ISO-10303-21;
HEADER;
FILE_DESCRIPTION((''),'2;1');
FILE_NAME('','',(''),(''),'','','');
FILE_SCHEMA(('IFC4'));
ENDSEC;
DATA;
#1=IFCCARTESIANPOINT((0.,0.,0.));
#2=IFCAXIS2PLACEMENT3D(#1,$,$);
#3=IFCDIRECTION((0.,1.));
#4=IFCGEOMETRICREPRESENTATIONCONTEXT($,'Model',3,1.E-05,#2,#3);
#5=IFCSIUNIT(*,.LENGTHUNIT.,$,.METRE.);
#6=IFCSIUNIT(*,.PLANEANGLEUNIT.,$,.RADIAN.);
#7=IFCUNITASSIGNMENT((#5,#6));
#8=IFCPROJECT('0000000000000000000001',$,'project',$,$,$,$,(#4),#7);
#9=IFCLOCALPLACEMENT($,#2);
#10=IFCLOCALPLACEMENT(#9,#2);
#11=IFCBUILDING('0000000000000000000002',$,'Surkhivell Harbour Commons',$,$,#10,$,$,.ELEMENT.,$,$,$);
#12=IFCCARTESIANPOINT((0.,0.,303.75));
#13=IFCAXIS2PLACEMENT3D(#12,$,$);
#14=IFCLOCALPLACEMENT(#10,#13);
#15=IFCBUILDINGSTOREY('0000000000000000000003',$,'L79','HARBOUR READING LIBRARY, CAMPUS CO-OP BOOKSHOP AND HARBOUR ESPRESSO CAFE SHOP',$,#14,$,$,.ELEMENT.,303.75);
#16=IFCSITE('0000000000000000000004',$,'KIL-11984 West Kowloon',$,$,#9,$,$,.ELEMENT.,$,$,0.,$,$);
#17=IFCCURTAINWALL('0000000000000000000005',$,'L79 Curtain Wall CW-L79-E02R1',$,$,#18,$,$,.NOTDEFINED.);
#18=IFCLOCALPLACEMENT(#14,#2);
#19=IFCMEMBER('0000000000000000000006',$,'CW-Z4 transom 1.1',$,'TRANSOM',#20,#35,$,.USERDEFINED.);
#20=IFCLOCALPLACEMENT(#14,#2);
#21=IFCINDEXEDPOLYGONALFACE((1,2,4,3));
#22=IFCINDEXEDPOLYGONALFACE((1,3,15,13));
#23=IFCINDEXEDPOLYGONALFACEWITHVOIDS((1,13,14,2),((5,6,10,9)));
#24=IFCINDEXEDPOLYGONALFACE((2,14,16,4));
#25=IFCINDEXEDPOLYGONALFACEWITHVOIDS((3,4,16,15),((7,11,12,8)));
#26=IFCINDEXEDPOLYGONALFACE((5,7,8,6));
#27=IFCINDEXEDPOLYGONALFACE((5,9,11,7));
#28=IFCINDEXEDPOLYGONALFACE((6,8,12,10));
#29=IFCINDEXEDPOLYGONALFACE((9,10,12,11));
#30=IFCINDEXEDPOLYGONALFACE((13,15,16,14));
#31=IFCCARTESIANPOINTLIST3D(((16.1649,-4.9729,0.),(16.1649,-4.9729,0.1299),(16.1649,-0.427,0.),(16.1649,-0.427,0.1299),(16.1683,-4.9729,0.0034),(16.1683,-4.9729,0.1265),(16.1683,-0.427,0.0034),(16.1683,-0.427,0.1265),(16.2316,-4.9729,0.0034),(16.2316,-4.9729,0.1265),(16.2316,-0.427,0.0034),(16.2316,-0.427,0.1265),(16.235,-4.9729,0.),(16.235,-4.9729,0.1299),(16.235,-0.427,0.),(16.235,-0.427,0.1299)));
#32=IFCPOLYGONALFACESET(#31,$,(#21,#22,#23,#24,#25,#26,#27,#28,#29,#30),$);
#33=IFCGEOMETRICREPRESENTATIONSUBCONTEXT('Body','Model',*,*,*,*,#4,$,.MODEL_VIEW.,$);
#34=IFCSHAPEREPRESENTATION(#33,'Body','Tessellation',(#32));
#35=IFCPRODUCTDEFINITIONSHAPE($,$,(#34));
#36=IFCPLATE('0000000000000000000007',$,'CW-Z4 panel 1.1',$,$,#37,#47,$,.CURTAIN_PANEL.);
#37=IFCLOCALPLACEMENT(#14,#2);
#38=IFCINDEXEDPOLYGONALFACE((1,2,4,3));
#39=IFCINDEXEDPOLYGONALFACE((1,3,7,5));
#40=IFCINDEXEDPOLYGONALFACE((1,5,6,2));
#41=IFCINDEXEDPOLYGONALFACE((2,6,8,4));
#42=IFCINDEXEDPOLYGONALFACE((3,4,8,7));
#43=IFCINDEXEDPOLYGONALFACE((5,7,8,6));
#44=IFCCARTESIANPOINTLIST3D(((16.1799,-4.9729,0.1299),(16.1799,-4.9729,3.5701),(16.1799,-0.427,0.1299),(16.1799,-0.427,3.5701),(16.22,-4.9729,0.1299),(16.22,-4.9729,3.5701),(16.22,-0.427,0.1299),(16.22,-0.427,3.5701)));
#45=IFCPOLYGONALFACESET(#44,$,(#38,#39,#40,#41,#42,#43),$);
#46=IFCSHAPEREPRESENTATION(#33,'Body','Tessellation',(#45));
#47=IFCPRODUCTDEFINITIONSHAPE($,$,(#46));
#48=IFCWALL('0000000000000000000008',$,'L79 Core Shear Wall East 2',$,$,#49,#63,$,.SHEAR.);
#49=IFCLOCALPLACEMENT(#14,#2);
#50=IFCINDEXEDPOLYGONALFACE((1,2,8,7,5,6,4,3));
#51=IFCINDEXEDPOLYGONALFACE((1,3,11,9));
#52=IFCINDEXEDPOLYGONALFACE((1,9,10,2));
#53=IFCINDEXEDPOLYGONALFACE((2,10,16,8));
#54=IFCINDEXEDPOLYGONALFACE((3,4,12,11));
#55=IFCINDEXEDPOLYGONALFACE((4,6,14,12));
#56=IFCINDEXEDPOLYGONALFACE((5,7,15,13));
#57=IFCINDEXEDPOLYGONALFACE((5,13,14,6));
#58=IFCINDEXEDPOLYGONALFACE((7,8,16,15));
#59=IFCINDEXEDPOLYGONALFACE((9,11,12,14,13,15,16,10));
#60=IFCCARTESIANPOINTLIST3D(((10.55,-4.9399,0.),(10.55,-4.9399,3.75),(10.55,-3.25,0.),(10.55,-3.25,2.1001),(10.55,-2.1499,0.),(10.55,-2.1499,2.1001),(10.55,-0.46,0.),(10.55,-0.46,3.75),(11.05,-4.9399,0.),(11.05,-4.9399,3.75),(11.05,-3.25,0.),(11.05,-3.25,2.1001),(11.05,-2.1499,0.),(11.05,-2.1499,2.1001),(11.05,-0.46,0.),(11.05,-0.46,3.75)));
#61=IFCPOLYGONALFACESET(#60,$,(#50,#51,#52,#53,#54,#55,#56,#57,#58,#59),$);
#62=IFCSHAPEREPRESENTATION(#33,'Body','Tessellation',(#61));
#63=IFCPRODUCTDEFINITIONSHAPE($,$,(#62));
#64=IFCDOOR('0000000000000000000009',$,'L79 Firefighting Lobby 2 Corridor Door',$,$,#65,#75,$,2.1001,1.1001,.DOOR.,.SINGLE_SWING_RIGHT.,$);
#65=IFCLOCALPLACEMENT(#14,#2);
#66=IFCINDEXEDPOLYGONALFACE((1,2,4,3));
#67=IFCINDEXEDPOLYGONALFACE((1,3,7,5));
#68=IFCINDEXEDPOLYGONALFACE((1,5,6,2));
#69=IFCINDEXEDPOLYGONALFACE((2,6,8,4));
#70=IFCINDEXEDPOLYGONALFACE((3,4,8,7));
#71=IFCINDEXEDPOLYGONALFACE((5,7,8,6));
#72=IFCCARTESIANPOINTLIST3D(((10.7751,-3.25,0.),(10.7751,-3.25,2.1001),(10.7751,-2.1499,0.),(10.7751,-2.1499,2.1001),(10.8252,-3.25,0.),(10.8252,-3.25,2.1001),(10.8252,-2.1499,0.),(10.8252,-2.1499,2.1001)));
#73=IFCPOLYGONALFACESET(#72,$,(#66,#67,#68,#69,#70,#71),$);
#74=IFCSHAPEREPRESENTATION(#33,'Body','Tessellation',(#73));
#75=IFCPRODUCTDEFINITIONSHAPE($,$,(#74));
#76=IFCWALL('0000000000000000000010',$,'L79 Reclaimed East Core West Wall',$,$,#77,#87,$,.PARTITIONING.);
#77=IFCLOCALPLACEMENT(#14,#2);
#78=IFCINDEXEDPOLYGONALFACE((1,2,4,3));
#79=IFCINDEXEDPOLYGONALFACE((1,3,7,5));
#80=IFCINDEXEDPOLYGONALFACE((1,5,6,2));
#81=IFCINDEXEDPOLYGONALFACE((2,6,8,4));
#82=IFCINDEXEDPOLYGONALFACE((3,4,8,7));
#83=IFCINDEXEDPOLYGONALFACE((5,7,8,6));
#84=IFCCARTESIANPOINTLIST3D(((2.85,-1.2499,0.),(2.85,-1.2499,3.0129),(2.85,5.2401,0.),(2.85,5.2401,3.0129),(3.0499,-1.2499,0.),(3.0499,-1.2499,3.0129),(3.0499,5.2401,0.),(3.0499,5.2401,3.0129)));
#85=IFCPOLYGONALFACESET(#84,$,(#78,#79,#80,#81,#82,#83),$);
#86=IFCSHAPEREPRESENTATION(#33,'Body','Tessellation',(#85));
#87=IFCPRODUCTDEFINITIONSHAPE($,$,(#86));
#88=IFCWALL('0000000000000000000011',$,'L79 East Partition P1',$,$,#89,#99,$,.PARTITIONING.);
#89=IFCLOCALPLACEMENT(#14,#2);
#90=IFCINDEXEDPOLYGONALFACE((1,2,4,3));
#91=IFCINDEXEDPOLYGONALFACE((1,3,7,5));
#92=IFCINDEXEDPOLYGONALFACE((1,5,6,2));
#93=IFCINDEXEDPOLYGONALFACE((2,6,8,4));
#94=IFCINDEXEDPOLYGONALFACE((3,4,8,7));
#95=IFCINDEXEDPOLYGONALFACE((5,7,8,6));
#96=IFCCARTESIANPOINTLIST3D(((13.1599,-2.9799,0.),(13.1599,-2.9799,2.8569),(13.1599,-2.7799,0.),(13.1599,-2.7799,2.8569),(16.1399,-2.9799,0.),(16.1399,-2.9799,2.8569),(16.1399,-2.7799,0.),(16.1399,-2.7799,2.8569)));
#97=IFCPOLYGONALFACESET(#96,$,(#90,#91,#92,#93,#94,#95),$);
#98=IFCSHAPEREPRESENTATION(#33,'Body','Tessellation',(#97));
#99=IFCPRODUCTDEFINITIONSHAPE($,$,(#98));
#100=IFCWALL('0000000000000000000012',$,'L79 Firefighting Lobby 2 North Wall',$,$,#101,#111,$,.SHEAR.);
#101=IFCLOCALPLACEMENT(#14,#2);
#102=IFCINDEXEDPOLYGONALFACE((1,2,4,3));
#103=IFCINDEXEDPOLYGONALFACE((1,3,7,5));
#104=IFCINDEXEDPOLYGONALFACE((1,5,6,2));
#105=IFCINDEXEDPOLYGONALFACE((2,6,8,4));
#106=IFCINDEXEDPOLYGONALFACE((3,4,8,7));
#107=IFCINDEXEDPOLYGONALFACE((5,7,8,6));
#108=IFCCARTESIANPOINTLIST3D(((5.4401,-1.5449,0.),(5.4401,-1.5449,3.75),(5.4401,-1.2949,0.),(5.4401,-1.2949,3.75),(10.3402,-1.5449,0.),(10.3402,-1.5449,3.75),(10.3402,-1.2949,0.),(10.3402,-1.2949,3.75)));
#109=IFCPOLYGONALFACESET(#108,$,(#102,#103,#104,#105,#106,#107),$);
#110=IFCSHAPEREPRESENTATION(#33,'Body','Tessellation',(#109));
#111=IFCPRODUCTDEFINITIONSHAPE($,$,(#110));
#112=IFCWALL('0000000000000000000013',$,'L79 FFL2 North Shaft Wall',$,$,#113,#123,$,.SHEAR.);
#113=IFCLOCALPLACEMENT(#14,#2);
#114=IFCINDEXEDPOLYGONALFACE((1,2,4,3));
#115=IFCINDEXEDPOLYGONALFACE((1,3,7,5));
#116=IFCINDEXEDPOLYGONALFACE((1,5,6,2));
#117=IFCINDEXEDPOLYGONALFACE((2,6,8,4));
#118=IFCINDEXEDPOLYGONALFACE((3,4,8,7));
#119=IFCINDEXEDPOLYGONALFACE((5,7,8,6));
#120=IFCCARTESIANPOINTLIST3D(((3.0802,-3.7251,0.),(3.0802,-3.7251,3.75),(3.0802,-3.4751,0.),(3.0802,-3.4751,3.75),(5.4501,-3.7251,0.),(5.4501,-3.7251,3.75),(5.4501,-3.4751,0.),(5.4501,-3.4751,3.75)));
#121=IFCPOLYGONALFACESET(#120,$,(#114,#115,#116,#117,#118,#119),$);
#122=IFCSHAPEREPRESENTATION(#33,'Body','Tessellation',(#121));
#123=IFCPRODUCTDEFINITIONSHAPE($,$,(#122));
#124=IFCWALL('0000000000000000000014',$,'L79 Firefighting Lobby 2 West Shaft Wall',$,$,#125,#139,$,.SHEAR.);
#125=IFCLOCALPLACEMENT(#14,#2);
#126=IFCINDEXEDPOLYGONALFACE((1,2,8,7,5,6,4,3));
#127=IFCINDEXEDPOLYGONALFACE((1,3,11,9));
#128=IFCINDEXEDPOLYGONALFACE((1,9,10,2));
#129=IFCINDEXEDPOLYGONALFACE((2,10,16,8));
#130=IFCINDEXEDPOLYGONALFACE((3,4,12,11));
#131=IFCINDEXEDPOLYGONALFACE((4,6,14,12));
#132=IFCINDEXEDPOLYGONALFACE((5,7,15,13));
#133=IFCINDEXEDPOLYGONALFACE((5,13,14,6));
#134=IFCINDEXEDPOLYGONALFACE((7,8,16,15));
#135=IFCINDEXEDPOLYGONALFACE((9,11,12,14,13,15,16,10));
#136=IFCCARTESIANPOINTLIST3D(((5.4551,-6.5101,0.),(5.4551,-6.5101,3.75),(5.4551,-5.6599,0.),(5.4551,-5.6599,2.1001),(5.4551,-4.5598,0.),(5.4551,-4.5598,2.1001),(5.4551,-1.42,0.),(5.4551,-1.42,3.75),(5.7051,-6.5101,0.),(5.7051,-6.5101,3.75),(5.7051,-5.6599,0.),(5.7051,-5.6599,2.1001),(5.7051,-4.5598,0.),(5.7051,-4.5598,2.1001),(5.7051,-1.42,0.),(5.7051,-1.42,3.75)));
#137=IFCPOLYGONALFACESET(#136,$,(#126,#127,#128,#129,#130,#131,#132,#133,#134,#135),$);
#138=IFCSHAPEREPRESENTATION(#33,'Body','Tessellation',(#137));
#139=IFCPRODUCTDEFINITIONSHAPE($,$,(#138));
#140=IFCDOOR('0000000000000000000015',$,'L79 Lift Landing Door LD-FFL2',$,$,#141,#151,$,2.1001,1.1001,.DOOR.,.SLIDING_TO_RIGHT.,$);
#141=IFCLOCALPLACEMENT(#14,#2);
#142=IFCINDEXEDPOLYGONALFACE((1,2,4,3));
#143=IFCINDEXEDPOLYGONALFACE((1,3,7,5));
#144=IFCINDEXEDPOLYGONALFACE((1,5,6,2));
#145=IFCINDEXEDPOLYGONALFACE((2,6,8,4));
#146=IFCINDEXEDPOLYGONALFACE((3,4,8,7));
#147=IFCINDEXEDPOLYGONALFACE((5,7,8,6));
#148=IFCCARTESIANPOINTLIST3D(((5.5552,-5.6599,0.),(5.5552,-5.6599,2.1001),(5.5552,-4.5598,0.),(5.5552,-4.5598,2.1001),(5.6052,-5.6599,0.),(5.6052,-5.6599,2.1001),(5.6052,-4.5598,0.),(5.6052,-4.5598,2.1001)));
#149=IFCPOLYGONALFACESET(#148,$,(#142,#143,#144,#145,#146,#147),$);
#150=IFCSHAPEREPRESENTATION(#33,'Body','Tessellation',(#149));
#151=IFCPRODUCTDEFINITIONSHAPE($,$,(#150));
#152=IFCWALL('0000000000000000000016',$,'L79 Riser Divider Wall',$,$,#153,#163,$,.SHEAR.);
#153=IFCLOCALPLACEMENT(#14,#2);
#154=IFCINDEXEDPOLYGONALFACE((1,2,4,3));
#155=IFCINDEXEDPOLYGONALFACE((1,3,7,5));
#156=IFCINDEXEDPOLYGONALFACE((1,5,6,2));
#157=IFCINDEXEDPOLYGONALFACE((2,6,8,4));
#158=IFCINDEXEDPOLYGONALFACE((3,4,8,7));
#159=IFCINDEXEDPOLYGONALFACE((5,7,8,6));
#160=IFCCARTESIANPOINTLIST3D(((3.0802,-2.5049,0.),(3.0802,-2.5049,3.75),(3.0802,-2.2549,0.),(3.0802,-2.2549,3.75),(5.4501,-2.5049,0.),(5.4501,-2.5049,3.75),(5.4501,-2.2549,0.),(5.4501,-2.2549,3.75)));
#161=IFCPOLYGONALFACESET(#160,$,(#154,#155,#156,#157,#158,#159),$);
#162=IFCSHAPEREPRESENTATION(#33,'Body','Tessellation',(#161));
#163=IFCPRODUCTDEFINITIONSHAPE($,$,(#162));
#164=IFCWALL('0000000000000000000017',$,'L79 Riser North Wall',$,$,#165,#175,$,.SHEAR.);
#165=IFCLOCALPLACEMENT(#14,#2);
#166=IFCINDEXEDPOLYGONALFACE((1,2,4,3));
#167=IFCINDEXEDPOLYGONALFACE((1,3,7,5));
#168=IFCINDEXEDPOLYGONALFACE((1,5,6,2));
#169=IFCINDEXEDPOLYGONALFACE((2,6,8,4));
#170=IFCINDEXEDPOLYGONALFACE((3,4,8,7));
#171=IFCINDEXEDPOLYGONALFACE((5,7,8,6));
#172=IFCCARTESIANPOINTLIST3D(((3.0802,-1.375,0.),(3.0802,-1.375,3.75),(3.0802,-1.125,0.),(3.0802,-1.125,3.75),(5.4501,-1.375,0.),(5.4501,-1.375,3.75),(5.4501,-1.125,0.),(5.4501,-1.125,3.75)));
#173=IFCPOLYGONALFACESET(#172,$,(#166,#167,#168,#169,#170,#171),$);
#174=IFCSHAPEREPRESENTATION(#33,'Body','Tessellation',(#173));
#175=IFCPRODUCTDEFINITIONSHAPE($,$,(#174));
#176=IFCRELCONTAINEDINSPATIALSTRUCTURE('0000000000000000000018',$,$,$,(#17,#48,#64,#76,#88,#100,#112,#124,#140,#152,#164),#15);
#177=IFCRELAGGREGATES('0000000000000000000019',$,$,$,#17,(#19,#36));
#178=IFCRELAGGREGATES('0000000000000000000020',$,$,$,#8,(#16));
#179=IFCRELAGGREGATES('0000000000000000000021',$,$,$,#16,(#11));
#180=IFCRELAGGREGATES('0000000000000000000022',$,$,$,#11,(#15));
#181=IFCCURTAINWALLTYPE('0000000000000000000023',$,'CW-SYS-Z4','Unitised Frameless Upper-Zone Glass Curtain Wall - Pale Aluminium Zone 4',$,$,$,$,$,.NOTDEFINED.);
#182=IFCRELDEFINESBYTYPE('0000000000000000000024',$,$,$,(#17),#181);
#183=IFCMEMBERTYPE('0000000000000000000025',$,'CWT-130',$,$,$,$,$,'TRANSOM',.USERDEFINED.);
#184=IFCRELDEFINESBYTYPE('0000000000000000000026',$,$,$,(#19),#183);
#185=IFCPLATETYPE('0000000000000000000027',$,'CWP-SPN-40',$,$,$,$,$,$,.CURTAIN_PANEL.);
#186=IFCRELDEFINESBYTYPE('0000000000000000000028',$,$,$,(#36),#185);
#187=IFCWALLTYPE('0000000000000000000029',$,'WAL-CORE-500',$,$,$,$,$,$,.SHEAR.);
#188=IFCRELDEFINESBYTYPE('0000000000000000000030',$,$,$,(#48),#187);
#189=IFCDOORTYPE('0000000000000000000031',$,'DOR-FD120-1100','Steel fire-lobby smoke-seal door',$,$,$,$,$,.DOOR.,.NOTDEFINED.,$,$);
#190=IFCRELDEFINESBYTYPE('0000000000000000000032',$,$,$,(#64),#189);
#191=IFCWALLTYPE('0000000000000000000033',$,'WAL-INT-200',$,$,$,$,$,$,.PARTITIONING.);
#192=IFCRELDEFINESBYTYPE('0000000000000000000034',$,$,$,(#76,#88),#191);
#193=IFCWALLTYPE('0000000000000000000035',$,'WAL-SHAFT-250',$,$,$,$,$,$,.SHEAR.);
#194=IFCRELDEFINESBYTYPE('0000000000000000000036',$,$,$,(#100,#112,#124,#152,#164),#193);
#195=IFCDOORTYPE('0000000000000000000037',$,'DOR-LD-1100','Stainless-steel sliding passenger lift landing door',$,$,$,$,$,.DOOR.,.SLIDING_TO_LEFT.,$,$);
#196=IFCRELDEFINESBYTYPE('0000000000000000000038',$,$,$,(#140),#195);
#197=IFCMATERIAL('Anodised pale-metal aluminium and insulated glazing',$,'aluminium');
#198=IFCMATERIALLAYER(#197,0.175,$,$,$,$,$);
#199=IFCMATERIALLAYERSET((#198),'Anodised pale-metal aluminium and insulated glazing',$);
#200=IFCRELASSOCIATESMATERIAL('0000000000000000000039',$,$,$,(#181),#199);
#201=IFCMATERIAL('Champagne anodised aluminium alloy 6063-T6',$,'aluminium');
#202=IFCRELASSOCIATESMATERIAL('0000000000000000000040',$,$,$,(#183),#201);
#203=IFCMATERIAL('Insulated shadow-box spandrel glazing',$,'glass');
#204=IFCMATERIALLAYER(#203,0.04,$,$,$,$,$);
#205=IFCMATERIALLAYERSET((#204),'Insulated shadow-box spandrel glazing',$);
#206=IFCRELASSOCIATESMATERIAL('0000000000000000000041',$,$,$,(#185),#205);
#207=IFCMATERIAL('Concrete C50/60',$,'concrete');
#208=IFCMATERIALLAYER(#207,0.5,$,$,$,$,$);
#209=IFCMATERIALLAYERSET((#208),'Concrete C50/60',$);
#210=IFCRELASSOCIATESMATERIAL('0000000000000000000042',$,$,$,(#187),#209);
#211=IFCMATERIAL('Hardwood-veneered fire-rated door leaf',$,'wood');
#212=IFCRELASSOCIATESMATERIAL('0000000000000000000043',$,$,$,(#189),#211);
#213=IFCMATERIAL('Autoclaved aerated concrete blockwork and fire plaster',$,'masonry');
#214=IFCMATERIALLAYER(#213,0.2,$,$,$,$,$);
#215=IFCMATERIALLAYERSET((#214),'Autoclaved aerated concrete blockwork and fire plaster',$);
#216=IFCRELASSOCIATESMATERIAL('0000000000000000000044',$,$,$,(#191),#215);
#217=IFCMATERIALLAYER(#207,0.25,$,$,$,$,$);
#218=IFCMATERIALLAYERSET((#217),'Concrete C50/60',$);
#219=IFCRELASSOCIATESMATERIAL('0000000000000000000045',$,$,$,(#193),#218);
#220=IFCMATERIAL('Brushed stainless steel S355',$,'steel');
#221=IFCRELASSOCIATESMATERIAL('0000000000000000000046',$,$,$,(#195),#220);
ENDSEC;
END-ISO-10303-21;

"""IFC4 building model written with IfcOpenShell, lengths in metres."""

from ifc_helpers import new_model, si_unit, direction, frame, frame_2d, origin, origin_2d, place, context, subcontext, project, spatial, rectangle, hollow_rectangle, extrude, material, layer, layer_set, material_profile, profile_set, type_object, element, fill, aggregate, save


model = new_model("IFC4")

# Units and contexts
model_context = context("Model", 3, precision=1e-05, world=origin(), true_north=direction((0.0, 1.0)))
body_context = subcontext(model_context, "Body", "Model", "MODEL_VIEW")
ifc_project = project(units=[si_unit("LENGTHUNIT", "METRE"), si_unit("PLANEANGLEUNIT", "RADIAN")], contexts=[model_context])

# Site, building, storey
site_placement = place(None, origin())
site = spatial("IfcSite", under=ifc_project, at=site_placement, Name="KIL-11984 West Kowloon", CompositionType="ELEMENT", RefElevation=0.0)
building_placement = place(site_placement, origin())
building = spatial("IfcBuilding", under=site, at=building_placement, Name="Surkhivell Harbour Commons", CompositionType="ELEMENT")
storey_placement = place(building_placement, frame((0.0, 0.0, 303.75)))
storey = spatial("IfcBuildingStorey", under=building, at=storey_placement, Name="L79", Description="HARBOUR READING LIBRARY, CAMPUS CO-OP BOOKSHOP AND HARBOUR ESPRESSO CAFE SHOP", CompositionType="ELEMENT", Elevation=303.75)

# Shared definitions
ifc_material_1 = material(Name="Concrete C50/60", Category="concrete")

# Shared definitions
ifc_material_2 = material(Name="Anodised pale-metal aluminium and insulated glazing", Category="aluminium")
ifc_layer_1 = layer(ifc_material_2, 0.175)
ifc_layer_set_1 = layer_set([ifc_layer_1], Name="Anodised pale-metal aluminium and insulated glazing")
curtain_wall_type = type_object("IfcCurtainWallType", Name="CW-SYS-Z4", Description="Unitised Frameless Upper-Zone Glass Curtain Wall - Pale Aluminium Zone 4", PredefinedType="NOTDEFINED", material=ifc_layer_set_1)

# Curtain wall, member, plate
curtain_wall_1_placement = place(storey_placement, origin())
curtain_wall_1 = element("IfcCurtainWall", 1, at=curtain_wall_1_placement, inside=storey, type_object=curtain_wall_type, Name="L79 Curtain Wall CW-L79-E02R1", PredefinedType="NOTDEFINED")
ifc_material_3 = material(Name="Champagne anodised aluminium alloy 6063-T6", Category="aluminium")
ifc_material_profile_1 = material_profile(ifc_material_3, hollow_rectangle(XDim=0.0701, YDim=0.1299, WallThickness=0.0034, at=origin_2d()), Name="ALU-TRAN-70x130")
ifc_profile_set_1 = profile_set([ifc_material_profile_1], Name="Champagne anodised aluminium alloy 6063-T6")
member_type_1 = type_object("IfcMemberType", Name="CWT-130", ElementType="TRANSOM", PredefinedType="USERDEFINED", material=ifc_profile_set_1)
member_1_placement = place(storey_placement, frame((16.2, -4.9729, 0.0649), z_axis=(0.0, 1.0, 0.0), x_axis=(-1.0, 0.0, 0.0)))
member_1 = element("IfcMember", 2, at=member_1_placement, type_object=member_type_1, Name="CW-Z4 transom 1.1", ObjectType="TRANSOM", PredefinedType="USERDEFINED", context=body_context, shape_type="SweptSolid", body=[
    extrude(hollow_rectangle(XDim=0.0701, YDim=0.1299, WallThickness=0.0034, at=origin_2d()), origin(), (0.0, 0.0, 1.0), 4.5459),
])
ifc_material_4 = material(Name="Insulated shadow-box spandrel glazing", Category="glass")
ifc_layer_2 = layer(ifc_material_4, 0.04)
ifc_layer_set_2 = layer_set([ifc_layer_2], Name="Insulated shadow-box spandrel glazing")
plate_type = type_object("IfcPlateType", Name="CWP-SPN-40", PredefinedType="CURTAIN_PANEL", material=ifc_layer_set_2)
plate_placement = place(storey_placement, frame((16.2, -4.9729, 0.1299), z_axis=(0.0, 0.0, 1.0), x_axis=(0.0, 1.0, 0.0)))
plate = element("IfcPlate", 3, at=plate_placement, type_object=plate_type, Name="CW-Z4 panel 1.1", PredefinedType="CURTAIN_PANEL", context=body_context, shape_type="SweptSolid", body=[
    extrude(rectangle(XDim=4.5459, YDim=0.04, at=frame_2d((2.2729, 0.0))), origin(), (0.0, 0.0, 1.0), 3.4402),
])
aggregate(curtain_wall_1, [member_1, plate])

# Wall, opening, door
ifc_layer_3 = layer(ifc_material_1, 0.5)
ifc_layer_set_3 = layer_set([ifc_layer_3], Name="Concrete C50/60")
wall_type_1 = type_object("IfcWallType", Name="WAL-CORE-500", PredefinedType="SHEAR", material=ifc_layer_set_3)
wall_1_placement = place(storey_placement, frame((10.8, -4.9399, 0.0), z_axis=(0.0, 0.0, 1.0), x_axis=(0.0, 1.0, 0.0)))
wall_1 = element("IfcWall", 4, at=wall_1_placement, inside=storey, type_object=wall_type_1, Name="L79 Core Shear Wall East 2", PredefinedType="SHEAR", context=body_context, shape_type="SweptSolid", body=[
    extrude(rectangle(XDim=4.48, YDim=0.5, at=frame_2d((2.24, 0.0))), origin(), (0.0, 0.0, 1.0), 3.75),
])
opening_1_placement = place(wall_1_placement, frame((1.6899, 0.0, 0.0)))
opening_1 = element("IfcOpeningElement", 5, at=opening_1_placement, cuts=wall_1, PredefinedType="OPENING", context=body_context, shape_type="SweptSolid", body=[
    extrude(rectangle(XDim=1.1001, YDim=2.1001, at=frame_2d((0.55, 1.05))), frame((0.0, 0.26, 0.0), z_axis=(0.0, -1.0, 0.0), x_axis=(1.0, 0.0, 0.0)), (0.0, 0.0, 1.0), 0.52),
])
ifc_material_5 = material(Name="Hardwood-veneered fire-rated door leaf", Category="wood")
door_type_1 = type_object("IfcDoorType", Name="DOR-FD120-1100", Description="Steel fire-lobby smoke-seal door", OperationType="NOTDEFINED", PredefinedType="DOOR", material=ifc_material_5)
door_1_placement = place(opening_1_placement, origin())
door_1 = element("IfcDoor", 6, at=door_1_placement, inside=storey, type_object=door_type_1, Name="L79 Firefighting Lobby 2 Corridor Door", OperationType="SINGLE_SWING_RIGHT", OverallHeight=2.1001, OverallWidth=1.1001, PredefinedType="DOOR", context=body_context, shape_type="SweptSolid", body=[
    extrude(rectangle(XDim=1.1001, YDim=2.1001, at=frame_2d((0.55, 1.05))), frame((0.0, 0.0249, 0.0), z_axis=(0.0, -1.0, 0.0), x_axis=(1.0, 0.0, 0.0)), (0.0, 0.0, 1.0), 0.05),
])
fill(opening_1, door_1)

# Walls
ifc_material_6 = material(Name="Autoclaved aerated concrete blockwork and fire plaster", Category="masonry")
ifc_layer_4 = layer(ifc_material_6, 0.2)
ifc_layer_set_4 = layer_set([ifc_layer_4], Name="Autoclaved aerated concrete blockwork and fire plaster")
wall_type_2 = type_object("IfcWallType", Name="WAL-INT-200", PredefinedType="PARTITIONING", material=ifc_layer_set_4)
wall_2_placement = place(storey_placement, frame((2.95, -1.25, 0.0), z_axis=(0.0, 0.0, 1.0), x_axis=(0.0, 1.0, 0.0)))
element("IfcWall", 7, at=wall_2_placement, inside=storey, type_object=wall_type_2, Name="L79 Reclaimed East Core West Wall", PredefinedType="PARTITIONING", context=body_context, shape_type="SweptSolid", body=[
    extrude(rectangle(XDim=6.49, YDim=0.2, at=frame_2d((3.2451, 0.0))), origin(), (0.0, 0.0, 1.0), 3.0129),
])
wall_3_placement = place(storey_placement, frame((13.1599, -2.8799, 0.0), z_axis=(0.0, 0.0, 1.0), x_axis=(1.0, 0.0, 0.0)))
element("IfcWall", 8, at=wall_3_placement, inside=storey, type_object=wall_type_2, Name="L79 East Partition P1", PredefinedType="PARTITIONING", context=body_context, shape_type="SweptSolid", body=[
    extrude(rectangle(XDim=2.98, YDim=0.2, at=frame_2d((1.49, 0.0))), origin(), (0.0, 0.0, 1.0), 2.8569),
])
ifc_layer_5 = layer(ifc_material_1, 0.25)
ifc_layer_set_5 = layer_set([ifc_layer_5], Name="Concrete C50/60")
wall_type_3 = type_object("IfcWallType", Name="WAL-SHAFT-250", PredefinedType="SHEAR", material=ifc_layer_set_5)
wall_4_placement = place(storey_placement, frame((5.4399, -1.4199, 0.0), z_axis=(0.0, 0.0, 1.0), x_axis=(1.0, 0.0, 0.0)))
element("IfcWall", 9, at=wall_4_placement, inside=storey, type_object=wall_type_3, Name="L79 Firefighting Lobby 2 North Wall", PredefinedType="SHEAR", context=body_context, shape_type="SweptSolid", body=[
    extrude(rectangle(XDim=4.9001, YDim=0.25, at=frame_2d((2.4502, 0.0))), origin(), (0.0, 0.0, 1.0), 3.75),
])
wall_5_placement = place(storey_placement, frame((3.0801, -3.6001, 0.0), z_axis=(0.0, 0.0, 1.0), x_axis=(1.0, 0.0, 0.0)))
element("IfcWall", 10, at=wall_5_placement, inside=storey, type_object=wall_type_3, Name="L79 FFL2 North Shaft Wall", PredefinedType="SHEAR", context=body_context, shape_type="SweptSolid", body=[
    extrude(rectangle(XDim=2.3699, YDim=0.25, at=frame_2d((1.1851, 0.0))), origin(), (0.0, 0.0, 1.0), 3.75),
])

# Wall, opening, door
wall_6_placement = place(storey_placement, frame((5.5801, -6.51, 0.0), z_axis=(0.0, 0.0, 1.0), x_axis=(0.0, 1.0, 0.0)))
wall_6 = element("IfcWall", 11, at=wall_6_placement, inside=storey, type_object=wall_type_3, Name="L79 Firefighting Lobby 2 West Shaft Wall", PredefinedType="SHEAR", context=body_context, shape_type="SweptSolid", body=[
    extrude(rectangle(XDim=5.0901, YDim=0.25, at=frame_2d((2.5449, 0.0))), origin(), (0.0, 0.0, 1.0), 3.75),
])
opening_2_placement = place(wall_6_placement, frame((0.8501, 0.0, 0.0)))
opening_2 = element("IfcOpeningElement", 12, at=opening_2_placement, cuts=wall_6, PredefinedType="OPENING", context=body_context, shape_type="SweptSolid", body=[
    extrude(rectangle(XDim=1.1001, YDim=2.1001, at=frame_2d((0.55, 1.05))), frame((0.0, 0.135, 0.0), z_axis=(0.0, -1.0, 0.0), x_axis=(1.0, 0.0, 0.0)), (0.0, 0.0, 1.0), 0.27),
])
ifc_material_7 = material(Name="Brushed stainless steel S355", Category="steel")
door_type_2 = type_object("IfcDoorType", Name="DOR-LD-1100", Description="Stainless-steel sliding passenger lift landing door", OperationType="SLIDING_TO_LEFT", PredefinedType="DOOR", material=ifc_material_7)
door_2_placement = place(opening_2_placement, origin())
door_2 = element("IfcDoor", 13, at=door_2_placement, inside=storey, type_object=door_type_2, Name="L79 Lift Landing Door LD-FFL2", OperationType="SLIDING_TO_RIGHT", OverallHeight=2.1001, OverallWidth=1.1001, PredefinedType="DOOR", context=body_context, shape_type="SweptSolid", body=[
    extrude(rectangle(XDim=1.1001, YDim=2.1001, at=frame_2d((0.55, 1.05))), frame((0.0, 0.0249, 0.0), z_axis=(0.0, -1.0, 0.0), x_axis=(1.0, 0.0, 0.0)), (0.0, 0.0, 1.0), 0.05),
])
fill(opening_2, door_2)

# Walls
for number, where, z_axis, x_axis, name in (
    (14, (3.0801, -2.3799, 0.0), (0.0, 0.0, 1.0), (1.0, 0.0, 0.0), "L79 Riser Divider Wall"),
    (15, (3.0801, -1.25, 0.0), (0.0, 0.0, 1.0), (1.0, 0.0, 0.0), "L79 Riser North Wall"),
):
    element("IfcWall", number, at=place(storey_placement, frame(where, z_axis=z_axis, x_axis=x_axis)), inside=storey, type_object=wall_type_3, Name=name, PredefinedType="SHEAR", context=body_context, shape_type="SweptSolid", body=[
        extrude(rectangle(XDim=2.3699, YDim=0.25, at=frame_2d((1.1851, 0.0))), origin(), (0.0, 0.0, 1.0), 3.75),
    ])

save(model, "model.ifc")
